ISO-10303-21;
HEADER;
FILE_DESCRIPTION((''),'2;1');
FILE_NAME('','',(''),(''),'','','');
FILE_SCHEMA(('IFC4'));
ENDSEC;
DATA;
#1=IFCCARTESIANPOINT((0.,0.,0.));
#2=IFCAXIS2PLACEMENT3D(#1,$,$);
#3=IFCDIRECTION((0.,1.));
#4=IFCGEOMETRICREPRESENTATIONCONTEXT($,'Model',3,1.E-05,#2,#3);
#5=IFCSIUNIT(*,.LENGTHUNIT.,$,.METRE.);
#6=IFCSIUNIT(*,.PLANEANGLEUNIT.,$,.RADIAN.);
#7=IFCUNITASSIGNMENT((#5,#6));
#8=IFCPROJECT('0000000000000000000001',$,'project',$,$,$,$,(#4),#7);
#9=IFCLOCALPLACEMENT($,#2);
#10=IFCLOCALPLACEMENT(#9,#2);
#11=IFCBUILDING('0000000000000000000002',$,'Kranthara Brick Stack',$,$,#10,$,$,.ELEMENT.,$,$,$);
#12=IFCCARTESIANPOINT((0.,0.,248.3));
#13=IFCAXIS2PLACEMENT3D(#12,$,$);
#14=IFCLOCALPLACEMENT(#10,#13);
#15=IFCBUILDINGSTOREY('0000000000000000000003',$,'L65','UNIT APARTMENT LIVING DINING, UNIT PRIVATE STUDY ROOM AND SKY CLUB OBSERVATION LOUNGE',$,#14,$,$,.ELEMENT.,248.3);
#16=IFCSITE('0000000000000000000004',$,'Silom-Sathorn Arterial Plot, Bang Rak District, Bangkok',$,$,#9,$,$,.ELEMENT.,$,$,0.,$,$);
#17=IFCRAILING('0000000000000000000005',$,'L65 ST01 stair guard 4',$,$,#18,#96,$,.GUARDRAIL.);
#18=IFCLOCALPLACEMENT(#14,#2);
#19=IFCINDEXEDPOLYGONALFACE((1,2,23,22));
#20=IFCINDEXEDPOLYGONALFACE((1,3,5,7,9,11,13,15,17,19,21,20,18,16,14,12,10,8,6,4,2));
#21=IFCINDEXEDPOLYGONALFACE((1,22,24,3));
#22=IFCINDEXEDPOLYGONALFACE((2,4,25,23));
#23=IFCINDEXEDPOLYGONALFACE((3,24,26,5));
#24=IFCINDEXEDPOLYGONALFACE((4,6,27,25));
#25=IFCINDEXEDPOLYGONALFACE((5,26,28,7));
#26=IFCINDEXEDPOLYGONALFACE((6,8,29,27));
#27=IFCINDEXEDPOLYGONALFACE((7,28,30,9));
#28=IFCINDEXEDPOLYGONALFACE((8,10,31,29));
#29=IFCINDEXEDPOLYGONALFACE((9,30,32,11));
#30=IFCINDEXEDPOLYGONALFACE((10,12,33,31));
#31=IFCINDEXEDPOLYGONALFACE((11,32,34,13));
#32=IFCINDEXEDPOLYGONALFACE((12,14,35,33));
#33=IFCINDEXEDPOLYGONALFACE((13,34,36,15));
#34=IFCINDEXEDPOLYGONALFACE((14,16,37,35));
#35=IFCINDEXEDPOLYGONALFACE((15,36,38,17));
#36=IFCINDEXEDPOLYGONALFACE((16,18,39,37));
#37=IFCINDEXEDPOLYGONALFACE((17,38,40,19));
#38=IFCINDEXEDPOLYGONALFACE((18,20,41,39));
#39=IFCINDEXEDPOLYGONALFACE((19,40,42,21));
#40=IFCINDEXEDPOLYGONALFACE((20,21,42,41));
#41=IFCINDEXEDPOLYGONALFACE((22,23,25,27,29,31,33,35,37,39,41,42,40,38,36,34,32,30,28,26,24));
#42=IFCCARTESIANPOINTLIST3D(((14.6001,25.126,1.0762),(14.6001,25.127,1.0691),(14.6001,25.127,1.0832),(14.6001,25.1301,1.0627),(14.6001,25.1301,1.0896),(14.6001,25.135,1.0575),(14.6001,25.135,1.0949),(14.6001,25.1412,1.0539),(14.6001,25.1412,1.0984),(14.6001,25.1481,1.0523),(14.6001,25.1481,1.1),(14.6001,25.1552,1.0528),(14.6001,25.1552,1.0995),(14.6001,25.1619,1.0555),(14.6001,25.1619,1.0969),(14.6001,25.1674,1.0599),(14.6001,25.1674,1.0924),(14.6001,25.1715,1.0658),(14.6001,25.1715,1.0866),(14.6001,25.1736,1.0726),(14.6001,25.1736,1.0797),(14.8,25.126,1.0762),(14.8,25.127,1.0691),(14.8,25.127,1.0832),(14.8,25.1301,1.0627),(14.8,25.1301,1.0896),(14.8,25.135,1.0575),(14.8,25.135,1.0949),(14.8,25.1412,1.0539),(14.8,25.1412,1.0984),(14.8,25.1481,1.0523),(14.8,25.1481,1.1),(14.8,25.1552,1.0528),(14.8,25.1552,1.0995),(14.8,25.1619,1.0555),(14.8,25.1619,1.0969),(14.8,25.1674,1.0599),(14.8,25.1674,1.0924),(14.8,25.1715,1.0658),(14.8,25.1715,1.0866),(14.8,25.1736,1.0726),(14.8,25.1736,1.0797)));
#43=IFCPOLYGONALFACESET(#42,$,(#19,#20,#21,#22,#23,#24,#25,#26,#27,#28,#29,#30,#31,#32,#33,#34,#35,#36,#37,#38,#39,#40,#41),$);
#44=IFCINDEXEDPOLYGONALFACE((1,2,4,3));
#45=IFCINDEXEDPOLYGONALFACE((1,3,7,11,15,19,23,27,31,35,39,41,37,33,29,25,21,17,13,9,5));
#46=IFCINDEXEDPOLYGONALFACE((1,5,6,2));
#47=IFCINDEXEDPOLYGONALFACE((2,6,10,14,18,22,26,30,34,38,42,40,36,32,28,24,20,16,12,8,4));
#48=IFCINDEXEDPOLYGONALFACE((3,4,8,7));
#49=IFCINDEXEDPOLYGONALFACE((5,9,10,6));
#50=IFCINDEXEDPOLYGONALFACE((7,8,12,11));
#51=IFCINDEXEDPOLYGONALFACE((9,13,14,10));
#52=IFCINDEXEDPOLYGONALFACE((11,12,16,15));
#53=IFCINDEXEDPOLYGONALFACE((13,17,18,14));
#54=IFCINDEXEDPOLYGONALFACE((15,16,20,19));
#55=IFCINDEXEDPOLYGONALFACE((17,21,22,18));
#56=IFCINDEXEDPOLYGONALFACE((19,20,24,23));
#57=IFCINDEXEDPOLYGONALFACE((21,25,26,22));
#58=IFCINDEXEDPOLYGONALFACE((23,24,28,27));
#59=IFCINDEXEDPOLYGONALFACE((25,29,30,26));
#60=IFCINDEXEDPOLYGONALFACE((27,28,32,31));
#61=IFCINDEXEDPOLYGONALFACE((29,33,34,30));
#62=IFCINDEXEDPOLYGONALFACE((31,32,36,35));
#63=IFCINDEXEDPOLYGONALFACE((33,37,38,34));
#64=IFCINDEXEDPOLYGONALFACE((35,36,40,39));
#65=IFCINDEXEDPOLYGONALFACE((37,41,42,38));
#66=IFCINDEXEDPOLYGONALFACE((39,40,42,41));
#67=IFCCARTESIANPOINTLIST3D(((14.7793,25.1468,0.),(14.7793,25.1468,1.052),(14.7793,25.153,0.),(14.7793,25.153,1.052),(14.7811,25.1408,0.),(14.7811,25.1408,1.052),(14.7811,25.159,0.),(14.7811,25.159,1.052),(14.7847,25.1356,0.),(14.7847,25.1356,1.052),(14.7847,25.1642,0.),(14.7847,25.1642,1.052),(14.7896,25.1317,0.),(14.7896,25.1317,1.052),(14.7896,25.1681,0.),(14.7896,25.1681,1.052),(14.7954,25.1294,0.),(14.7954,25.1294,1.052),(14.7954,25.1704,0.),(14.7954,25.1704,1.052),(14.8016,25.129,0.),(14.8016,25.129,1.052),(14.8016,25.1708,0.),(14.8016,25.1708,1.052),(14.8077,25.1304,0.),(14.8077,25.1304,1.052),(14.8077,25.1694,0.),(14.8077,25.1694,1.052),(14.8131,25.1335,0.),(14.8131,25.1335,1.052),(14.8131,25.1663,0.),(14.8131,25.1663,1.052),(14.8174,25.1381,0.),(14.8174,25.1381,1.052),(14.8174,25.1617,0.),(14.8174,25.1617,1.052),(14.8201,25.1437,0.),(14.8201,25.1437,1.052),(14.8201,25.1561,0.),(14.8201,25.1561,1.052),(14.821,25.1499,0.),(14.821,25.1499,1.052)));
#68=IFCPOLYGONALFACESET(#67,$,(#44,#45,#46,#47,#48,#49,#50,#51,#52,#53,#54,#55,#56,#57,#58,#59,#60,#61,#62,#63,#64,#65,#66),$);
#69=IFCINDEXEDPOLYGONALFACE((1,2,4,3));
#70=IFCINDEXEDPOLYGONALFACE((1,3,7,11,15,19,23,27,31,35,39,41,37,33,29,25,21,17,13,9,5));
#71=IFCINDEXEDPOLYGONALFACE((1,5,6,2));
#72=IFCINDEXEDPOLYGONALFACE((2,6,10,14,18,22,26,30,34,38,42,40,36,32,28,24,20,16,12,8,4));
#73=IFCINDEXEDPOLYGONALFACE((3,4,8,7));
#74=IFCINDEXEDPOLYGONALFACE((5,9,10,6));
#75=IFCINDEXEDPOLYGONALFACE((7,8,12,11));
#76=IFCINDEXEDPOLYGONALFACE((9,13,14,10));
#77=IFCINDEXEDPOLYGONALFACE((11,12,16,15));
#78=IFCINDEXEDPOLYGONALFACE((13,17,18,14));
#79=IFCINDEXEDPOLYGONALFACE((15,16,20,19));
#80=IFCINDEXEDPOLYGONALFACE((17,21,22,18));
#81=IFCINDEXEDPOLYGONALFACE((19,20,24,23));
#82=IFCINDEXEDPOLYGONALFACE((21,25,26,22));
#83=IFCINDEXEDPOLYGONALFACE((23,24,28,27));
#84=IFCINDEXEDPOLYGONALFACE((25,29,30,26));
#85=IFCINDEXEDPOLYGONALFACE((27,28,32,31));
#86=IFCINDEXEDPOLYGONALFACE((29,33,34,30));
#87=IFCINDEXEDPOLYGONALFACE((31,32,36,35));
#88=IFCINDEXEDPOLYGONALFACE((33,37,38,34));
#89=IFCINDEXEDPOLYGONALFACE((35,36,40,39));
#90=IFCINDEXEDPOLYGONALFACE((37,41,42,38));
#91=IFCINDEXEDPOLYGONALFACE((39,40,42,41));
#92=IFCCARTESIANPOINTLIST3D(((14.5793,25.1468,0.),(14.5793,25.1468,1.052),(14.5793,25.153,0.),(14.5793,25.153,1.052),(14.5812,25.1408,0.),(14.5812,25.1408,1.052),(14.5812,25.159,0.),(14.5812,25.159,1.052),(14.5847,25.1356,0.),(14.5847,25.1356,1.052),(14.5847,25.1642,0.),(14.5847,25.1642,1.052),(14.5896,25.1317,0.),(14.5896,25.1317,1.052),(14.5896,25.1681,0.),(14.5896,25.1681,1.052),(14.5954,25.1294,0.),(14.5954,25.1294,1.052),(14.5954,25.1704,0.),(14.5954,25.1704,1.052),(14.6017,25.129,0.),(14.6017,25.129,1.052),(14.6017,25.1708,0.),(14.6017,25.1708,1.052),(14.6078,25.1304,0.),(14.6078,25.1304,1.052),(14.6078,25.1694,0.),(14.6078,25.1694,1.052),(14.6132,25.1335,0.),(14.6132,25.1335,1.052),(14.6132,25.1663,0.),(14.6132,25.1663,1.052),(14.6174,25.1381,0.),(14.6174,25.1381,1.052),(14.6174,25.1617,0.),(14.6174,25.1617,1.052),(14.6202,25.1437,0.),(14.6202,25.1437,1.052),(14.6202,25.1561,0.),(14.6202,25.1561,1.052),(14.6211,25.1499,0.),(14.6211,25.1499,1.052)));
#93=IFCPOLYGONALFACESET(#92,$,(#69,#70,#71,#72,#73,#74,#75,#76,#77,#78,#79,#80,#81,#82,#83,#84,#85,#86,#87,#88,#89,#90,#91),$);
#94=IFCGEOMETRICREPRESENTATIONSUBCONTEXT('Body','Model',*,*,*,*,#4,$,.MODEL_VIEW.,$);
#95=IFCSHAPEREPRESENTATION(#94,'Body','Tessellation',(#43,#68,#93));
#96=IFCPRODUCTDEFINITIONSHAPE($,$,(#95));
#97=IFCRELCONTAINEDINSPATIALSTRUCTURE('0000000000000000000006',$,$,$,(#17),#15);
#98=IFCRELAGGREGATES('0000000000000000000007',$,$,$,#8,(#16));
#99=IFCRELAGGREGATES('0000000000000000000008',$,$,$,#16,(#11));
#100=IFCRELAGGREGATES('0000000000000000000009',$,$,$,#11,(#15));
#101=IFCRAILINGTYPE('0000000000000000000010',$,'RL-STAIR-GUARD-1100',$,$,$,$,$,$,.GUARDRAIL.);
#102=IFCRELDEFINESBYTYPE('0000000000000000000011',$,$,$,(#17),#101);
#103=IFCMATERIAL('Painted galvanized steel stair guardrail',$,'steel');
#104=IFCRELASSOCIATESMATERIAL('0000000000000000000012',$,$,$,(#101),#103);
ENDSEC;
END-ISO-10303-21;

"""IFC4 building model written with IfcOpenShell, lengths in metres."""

from ifc_helpers import new_model, si_unit, direction, frame, origin, origin_2d, place, context, subcontext, project, spatial, circle, extrude, material, type_object, element, save


model = new_model("IFC4")

# Units and contexts
model_context = context("Model", 3, precision=1e-05, world=origin(), true_north=direction((0.0, 1.0)))
body_context = subcontext(model_context, "Body", "Model", "MODEL_VIEW")
ifc_project = project(units=[si_unit("LENGTHUNIT", "METRE"), si_unit("PLANEANGLEUNIT", "RADIAN")], contexts=[model_context])

# Site, building, storey
site_placement = place(None, origin())
site = spatial("IfcSite", under=ifc_project, at=site_placement, Name="Silom-Sathorn Arterial Plot, Bang Rak District, Bangkok", CompositionType="ELEMENT", RefElevation=0.0)
building_placement = place(site_placement, origin())
building = spatial("IfcBuilding", under=site, at=building_placement, Name="Kranthara Brick Stack", CompositionType="ELEMENT")
storey_placement = place(building_placement, frame((0.0, 0.0, 248.3)))
storey = spatial("IfcBuildingStorey", under=building, at=storey_placement, Name="L65", Description="UNIT APARTMENT LIVING DINING, UNIT PRIVATE STUDY ROOM AND SKY CLUB OBSERVATION LOUNGE", CompositionType="ELEMENT", Elevation=248.3)

# Railing
ifc_material_1 = material(Name="Painted galvanized steel stair guardrail", Category="steel")
railing_type_1 = type_object("IfcRailingType", Name="RL-STAIR-GUARD-1100", PredefinedType="GUARDRAIL", material=ifc_material_1)
railing_1_placement = place(storey_placement, frame((14.8, 25.1499, 0.0)))
element("IfcRailing", 1, at=railing_1_placement, inside=storey, type_object=railing_type_1, Name="L65 ST01 stair guard 4", PredefinedType="GUARDRAIL", context=body_context, shape_type="SweptSolid", body=[
    extrude(circle(Radius=0.0239, at=origin_2d()), frame((0.0, 0.0, 1.0762), z_axis=(-1.0, 0.0, 0.0), x_axis=(0.0, -1.0, 0.0)), (0.0, 0.0, 1.0), 0.2),
    extrude(circle(Radius=0.021, at=origin_2d()), origin(), (0.0, 0.0, 1.0), 1.052),
    extrude(circle(Radius=0.021, at=origin_2d()), frame((-0.2, 0.0, 0.0)), (0.0, 0.0, 1.0), 1.052),
])

save(model, "model.ifc")
